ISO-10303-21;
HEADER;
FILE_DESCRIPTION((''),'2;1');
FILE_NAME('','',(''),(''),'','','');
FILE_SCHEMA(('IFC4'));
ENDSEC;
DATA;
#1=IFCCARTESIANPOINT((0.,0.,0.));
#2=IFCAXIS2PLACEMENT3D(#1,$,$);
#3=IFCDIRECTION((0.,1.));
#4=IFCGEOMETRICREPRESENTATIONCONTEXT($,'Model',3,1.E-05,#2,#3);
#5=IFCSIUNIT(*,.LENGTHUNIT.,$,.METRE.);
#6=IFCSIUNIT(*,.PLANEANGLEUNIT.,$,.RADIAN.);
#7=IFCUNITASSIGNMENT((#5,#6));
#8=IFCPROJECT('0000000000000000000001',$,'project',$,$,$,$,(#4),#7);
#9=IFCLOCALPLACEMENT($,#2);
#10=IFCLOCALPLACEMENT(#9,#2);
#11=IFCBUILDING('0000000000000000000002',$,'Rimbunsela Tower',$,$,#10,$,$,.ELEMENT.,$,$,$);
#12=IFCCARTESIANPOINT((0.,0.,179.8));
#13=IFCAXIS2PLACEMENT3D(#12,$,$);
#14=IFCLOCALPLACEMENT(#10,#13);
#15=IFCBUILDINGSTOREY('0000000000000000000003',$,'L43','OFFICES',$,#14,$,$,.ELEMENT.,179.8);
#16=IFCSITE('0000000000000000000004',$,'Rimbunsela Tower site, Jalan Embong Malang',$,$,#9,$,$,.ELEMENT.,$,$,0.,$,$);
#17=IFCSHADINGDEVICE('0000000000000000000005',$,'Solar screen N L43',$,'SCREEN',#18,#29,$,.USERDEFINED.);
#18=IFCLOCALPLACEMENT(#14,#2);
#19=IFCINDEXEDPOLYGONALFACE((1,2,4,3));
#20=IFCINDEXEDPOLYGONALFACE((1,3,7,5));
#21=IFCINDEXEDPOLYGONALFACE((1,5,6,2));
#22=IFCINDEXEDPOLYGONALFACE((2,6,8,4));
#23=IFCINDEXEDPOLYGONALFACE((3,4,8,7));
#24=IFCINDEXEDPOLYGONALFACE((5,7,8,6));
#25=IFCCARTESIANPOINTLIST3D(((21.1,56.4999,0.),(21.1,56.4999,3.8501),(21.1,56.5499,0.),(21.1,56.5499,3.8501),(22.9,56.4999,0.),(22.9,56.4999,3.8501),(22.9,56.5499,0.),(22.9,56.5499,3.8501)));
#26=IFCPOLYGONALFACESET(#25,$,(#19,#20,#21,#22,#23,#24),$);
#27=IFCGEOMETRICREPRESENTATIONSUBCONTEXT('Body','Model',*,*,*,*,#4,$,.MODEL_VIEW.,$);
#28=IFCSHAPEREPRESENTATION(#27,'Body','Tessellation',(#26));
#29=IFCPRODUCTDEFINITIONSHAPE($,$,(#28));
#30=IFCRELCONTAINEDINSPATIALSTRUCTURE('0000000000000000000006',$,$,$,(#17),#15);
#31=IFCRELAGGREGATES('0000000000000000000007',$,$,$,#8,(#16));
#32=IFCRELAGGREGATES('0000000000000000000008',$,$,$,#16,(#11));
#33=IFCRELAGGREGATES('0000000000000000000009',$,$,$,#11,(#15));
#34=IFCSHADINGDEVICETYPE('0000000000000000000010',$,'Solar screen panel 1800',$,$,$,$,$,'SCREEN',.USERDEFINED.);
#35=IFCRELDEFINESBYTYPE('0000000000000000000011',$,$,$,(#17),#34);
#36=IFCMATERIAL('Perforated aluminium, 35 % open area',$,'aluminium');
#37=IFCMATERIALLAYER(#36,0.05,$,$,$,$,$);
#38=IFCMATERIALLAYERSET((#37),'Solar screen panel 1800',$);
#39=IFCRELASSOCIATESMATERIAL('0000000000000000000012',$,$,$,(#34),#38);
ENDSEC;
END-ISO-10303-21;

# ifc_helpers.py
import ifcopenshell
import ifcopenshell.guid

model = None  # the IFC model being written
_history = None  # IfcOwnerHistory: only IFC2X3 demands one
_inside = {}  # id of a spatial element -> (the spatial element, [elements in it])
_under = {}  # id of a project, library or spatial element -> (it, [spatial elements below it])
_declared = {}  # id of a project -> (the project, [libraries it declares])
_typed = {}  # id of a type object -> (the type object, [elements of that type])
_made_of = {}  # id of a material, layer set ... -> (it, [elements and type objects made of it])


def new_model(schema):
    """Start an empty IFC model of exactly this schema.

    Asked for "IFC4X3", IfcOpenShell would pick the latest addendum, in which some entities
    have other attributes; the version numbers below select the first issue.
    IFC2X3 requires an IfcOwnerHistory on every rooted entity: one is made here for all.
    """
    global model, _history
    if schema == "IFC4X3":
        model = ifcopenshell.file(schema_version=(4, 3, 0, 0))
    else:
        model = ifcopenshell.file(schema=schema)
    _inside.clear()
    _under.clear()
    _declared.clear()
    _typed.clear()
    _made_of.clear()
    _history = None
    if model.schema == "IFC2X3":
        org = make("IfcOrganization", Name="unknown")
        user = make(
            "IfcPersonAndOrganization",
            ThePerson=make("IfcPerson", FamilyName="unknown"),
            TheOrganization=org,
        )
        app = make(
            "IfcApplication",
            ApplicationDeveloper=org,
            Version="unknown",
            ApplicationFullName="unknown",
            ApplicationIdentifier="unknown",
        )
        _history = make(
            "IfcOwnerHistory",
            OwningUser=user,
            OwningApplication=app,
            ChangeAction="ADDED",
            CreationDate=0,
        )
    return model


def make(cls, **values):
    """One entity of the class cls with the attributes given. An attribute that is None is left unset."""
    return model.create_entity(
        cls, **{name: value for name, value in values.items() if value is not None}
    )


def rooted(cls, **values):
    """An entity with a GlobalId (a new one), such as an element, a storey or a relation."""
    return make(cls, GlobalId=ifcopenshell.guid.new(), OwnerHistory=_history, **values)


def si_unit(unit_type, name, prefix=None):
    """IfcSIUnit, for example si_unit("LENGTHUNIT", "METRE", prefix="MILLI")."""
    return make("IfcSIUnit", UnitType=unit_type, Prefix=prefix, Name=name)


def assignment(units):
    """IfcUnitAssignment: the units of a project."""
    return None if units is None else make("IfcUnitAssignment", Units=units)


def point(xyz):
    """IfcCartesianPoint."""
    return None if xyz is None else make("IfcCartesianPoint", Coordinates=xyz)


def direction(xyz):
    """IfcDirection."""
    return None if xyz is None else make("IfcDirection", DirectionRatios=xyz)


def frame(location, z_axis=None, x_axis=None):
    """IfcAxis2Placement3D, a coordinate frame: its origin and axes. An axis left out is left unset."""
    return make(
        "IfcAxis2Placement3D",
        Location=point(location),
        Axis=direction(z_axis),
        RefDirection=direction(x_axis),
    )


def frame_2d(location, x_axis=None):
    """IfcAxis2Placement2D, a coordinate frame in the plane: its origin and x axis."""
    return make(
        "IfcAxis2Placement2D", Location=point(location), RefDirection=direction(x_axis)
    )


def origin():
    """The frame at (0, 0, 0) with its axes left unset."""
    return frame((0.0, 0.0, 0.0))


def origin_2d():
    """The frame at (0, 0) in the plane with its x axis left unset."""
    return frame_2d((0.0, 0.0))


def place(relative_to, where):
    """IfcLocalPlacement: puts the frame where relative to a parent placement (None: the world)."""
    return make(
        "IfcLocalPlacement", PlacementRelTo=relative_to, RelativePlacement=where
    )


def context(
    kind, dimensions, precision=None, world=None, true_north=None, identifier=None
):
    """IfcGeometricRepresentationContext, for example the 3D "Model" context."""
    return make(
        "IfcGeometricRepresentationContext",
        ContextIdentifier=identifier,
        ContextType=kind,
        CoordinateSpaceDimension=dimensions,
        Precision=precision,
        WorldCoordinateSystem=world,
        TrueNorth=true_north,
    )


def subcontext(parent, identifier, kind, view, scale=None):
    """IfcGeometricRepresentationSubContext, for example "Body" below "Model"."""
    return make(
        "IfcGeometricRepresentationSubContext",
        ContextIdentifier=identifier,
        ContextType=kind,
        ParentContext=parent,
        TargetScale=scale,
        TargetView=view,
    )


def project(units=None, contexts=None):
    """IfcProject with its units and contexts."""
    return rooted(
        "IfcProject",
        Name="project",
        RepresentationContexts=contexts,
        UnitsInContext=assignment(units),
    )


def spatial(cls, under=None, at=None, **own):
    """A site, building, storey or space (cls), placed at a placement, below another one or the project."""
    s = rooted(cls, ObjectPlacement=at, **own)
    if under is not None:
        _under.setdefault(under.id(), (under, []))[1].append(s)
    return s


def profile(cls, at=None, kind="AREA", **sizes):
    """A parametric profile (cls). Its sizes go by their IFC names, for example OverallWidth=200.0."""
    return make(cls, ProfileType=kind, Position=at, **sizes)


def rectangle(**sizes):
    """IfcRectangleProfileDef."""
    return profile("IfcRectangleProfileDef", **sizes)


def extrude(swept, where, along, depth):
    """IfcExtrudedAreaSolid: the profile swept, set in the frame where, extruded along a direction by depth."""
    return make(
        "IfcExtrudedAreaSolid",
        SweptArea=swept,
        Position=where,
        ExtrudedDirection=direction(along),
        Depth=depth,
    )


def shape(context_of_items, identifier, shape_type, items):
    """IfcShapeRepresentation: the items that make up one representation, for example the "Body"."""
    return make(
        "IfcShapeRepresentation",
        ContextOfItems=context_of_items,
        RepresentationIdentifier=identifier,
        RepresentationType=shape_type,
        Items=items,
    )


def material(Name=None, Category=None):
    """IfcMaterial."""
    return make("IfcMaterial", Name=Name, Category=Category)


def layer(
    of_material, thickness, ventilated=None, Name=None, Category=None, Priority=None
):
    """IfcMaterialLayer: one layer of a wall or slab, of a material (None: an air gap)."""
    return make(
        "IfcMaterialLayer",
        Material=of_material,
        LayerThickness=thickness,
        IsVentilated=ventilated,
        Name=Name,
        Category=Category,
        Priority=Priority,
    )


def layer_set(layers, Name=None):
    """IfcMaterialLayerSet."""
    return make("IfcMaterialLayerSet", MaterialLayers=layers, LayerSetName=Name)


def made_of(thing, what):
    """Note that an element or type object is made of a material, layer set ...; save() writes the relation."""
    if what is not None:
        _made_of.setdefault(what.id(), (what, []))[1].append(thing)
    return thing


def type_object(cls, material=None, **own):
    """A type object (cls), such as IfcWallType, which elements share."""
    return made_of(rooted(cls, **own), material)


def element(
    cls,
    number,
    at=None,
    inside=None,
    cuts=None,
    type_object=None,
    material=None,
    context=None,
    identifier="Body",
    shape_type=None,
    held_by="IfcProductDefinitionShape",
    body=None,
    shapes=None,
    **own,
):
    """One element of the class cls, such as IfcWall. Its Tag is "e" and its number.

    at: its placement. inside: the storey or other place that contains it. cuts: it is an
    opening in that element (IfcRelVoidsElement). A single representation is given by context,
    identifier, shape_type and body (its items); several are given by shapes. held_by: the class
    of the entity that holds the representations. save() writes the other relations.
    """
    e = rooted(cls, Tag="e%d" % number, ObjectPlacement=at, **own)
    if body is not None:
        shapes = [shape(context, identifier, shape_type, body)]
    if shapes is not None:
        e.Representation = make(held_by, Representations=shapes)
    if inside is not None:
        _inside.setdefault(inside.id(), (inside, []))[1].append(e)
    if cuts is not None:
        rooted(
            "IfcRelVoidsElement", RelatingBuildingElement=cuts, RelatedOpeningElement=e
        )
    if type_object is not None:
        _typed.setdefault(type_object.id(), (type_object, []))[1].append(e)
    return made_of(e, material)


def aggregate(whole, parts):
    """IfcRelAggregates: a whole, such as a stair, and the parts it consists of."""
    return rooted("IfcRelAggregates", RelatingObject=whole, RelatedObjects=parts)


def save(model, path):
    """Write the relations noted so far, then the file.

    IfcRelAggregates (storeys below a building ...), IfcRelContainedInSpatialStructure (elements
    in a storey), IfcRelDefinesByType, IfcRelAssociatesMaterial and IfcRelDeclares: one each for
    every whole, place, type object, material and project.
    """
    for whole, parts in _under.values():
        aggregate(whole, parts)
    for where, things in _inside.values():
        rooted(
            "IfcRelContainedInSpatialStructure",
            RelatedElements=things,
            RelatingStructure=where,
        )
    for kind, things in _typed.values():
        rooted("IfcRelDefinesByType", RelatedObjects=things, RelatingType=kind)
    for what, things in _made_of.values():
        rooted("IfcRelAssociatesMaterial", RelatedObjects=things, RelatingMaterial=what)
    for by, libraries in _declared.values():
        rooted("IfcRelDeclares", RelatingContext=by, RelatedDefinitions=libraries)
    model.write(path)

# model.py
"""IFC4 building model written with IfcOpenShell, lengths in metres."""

from ifc_helpers import new_model, si_unit, direction, frame, origin, origin_2d, place, context, subcontext, project, spatial, rectangle, extrude, material, layer, layer_set, type_object, element, save


model = new_model("IFC4")

# Units and contexts
model_context = context("Model", 3, precision=1e-05, world=origin(), true_north=direction((0.0, 1.0)))
body_context = subcontext(model_context, "Body", "Model", "MODEL_VIEW")
ifc_project = project(units=[si_unit("LENGTHUNIT", "METRE"), si_unit("PLANEANGLEUNIT", "RADIAN")], contexts=[model_context])

# Site, building, storey
site_placement = place(None, origin())
site = spatial("IfcSite", under=ifc_project, at=site_placement, Name="Rimbunsela Tower site, Jalan Embong Malang", CompositionType="ELEMENT", RefElevation=0.0)
building_placement = place(site_placement, origin())
building = spatial("IfcBuilding", under=site, at=building_placement, Name="Rimbunsela Tower", CompositionType="ELEMENT")
storey_placement = place(building_placement, frame((0.0, 0.0, 179.8)))
storey = spatial("IfcBuildingStorey", under=building, at=storey_placement, Name="L43", Description="OFFICES", CompositionType="ELEMENT", Elevation=179.8)

# Shading device
ifc_material_1 = material(Name="Perforated aluminium, 35 % open area", Category="aluminium")
ifc_layer_1 = layer(ifc_material_1, 0.05)
ifc_layer_set_1 = layer_set([ifc_layer_1], Name="Solar screen panel 1800")
shading_device_type = type_object("IfcShadingDeviceType", Name="Solar screen panel 1800", ElementType="SCREEN", PredefinedType="USERDEFINED", material=ifc_layer_set_1)
for number, where, z_axis, x_axis, name in (
    (1, (22.0, 56.5249, 0.0), (0.0, 0.0, 1.0), (1.0, 0.0, 0.0), "Solar screen N L43"),
):
    element("IfcShadingDevice", number, at=place(storey_placement, frame(where, z_axis=z_axis, x_axis=x_axis)), inside=storey, type_object=shading_device_type, Name=name, ObjectType="SCREEN", PredefinedType="USERDEFINED", context=body_context, shape_type="SweptSolid", body=[
        extrude(rectangle(XDim=1.8, YDim=0.05, at=origin_2d()), origin(), (0.0, 0.0, 1.0), 3.8501),
    ])

save(model, "model.ifc")
